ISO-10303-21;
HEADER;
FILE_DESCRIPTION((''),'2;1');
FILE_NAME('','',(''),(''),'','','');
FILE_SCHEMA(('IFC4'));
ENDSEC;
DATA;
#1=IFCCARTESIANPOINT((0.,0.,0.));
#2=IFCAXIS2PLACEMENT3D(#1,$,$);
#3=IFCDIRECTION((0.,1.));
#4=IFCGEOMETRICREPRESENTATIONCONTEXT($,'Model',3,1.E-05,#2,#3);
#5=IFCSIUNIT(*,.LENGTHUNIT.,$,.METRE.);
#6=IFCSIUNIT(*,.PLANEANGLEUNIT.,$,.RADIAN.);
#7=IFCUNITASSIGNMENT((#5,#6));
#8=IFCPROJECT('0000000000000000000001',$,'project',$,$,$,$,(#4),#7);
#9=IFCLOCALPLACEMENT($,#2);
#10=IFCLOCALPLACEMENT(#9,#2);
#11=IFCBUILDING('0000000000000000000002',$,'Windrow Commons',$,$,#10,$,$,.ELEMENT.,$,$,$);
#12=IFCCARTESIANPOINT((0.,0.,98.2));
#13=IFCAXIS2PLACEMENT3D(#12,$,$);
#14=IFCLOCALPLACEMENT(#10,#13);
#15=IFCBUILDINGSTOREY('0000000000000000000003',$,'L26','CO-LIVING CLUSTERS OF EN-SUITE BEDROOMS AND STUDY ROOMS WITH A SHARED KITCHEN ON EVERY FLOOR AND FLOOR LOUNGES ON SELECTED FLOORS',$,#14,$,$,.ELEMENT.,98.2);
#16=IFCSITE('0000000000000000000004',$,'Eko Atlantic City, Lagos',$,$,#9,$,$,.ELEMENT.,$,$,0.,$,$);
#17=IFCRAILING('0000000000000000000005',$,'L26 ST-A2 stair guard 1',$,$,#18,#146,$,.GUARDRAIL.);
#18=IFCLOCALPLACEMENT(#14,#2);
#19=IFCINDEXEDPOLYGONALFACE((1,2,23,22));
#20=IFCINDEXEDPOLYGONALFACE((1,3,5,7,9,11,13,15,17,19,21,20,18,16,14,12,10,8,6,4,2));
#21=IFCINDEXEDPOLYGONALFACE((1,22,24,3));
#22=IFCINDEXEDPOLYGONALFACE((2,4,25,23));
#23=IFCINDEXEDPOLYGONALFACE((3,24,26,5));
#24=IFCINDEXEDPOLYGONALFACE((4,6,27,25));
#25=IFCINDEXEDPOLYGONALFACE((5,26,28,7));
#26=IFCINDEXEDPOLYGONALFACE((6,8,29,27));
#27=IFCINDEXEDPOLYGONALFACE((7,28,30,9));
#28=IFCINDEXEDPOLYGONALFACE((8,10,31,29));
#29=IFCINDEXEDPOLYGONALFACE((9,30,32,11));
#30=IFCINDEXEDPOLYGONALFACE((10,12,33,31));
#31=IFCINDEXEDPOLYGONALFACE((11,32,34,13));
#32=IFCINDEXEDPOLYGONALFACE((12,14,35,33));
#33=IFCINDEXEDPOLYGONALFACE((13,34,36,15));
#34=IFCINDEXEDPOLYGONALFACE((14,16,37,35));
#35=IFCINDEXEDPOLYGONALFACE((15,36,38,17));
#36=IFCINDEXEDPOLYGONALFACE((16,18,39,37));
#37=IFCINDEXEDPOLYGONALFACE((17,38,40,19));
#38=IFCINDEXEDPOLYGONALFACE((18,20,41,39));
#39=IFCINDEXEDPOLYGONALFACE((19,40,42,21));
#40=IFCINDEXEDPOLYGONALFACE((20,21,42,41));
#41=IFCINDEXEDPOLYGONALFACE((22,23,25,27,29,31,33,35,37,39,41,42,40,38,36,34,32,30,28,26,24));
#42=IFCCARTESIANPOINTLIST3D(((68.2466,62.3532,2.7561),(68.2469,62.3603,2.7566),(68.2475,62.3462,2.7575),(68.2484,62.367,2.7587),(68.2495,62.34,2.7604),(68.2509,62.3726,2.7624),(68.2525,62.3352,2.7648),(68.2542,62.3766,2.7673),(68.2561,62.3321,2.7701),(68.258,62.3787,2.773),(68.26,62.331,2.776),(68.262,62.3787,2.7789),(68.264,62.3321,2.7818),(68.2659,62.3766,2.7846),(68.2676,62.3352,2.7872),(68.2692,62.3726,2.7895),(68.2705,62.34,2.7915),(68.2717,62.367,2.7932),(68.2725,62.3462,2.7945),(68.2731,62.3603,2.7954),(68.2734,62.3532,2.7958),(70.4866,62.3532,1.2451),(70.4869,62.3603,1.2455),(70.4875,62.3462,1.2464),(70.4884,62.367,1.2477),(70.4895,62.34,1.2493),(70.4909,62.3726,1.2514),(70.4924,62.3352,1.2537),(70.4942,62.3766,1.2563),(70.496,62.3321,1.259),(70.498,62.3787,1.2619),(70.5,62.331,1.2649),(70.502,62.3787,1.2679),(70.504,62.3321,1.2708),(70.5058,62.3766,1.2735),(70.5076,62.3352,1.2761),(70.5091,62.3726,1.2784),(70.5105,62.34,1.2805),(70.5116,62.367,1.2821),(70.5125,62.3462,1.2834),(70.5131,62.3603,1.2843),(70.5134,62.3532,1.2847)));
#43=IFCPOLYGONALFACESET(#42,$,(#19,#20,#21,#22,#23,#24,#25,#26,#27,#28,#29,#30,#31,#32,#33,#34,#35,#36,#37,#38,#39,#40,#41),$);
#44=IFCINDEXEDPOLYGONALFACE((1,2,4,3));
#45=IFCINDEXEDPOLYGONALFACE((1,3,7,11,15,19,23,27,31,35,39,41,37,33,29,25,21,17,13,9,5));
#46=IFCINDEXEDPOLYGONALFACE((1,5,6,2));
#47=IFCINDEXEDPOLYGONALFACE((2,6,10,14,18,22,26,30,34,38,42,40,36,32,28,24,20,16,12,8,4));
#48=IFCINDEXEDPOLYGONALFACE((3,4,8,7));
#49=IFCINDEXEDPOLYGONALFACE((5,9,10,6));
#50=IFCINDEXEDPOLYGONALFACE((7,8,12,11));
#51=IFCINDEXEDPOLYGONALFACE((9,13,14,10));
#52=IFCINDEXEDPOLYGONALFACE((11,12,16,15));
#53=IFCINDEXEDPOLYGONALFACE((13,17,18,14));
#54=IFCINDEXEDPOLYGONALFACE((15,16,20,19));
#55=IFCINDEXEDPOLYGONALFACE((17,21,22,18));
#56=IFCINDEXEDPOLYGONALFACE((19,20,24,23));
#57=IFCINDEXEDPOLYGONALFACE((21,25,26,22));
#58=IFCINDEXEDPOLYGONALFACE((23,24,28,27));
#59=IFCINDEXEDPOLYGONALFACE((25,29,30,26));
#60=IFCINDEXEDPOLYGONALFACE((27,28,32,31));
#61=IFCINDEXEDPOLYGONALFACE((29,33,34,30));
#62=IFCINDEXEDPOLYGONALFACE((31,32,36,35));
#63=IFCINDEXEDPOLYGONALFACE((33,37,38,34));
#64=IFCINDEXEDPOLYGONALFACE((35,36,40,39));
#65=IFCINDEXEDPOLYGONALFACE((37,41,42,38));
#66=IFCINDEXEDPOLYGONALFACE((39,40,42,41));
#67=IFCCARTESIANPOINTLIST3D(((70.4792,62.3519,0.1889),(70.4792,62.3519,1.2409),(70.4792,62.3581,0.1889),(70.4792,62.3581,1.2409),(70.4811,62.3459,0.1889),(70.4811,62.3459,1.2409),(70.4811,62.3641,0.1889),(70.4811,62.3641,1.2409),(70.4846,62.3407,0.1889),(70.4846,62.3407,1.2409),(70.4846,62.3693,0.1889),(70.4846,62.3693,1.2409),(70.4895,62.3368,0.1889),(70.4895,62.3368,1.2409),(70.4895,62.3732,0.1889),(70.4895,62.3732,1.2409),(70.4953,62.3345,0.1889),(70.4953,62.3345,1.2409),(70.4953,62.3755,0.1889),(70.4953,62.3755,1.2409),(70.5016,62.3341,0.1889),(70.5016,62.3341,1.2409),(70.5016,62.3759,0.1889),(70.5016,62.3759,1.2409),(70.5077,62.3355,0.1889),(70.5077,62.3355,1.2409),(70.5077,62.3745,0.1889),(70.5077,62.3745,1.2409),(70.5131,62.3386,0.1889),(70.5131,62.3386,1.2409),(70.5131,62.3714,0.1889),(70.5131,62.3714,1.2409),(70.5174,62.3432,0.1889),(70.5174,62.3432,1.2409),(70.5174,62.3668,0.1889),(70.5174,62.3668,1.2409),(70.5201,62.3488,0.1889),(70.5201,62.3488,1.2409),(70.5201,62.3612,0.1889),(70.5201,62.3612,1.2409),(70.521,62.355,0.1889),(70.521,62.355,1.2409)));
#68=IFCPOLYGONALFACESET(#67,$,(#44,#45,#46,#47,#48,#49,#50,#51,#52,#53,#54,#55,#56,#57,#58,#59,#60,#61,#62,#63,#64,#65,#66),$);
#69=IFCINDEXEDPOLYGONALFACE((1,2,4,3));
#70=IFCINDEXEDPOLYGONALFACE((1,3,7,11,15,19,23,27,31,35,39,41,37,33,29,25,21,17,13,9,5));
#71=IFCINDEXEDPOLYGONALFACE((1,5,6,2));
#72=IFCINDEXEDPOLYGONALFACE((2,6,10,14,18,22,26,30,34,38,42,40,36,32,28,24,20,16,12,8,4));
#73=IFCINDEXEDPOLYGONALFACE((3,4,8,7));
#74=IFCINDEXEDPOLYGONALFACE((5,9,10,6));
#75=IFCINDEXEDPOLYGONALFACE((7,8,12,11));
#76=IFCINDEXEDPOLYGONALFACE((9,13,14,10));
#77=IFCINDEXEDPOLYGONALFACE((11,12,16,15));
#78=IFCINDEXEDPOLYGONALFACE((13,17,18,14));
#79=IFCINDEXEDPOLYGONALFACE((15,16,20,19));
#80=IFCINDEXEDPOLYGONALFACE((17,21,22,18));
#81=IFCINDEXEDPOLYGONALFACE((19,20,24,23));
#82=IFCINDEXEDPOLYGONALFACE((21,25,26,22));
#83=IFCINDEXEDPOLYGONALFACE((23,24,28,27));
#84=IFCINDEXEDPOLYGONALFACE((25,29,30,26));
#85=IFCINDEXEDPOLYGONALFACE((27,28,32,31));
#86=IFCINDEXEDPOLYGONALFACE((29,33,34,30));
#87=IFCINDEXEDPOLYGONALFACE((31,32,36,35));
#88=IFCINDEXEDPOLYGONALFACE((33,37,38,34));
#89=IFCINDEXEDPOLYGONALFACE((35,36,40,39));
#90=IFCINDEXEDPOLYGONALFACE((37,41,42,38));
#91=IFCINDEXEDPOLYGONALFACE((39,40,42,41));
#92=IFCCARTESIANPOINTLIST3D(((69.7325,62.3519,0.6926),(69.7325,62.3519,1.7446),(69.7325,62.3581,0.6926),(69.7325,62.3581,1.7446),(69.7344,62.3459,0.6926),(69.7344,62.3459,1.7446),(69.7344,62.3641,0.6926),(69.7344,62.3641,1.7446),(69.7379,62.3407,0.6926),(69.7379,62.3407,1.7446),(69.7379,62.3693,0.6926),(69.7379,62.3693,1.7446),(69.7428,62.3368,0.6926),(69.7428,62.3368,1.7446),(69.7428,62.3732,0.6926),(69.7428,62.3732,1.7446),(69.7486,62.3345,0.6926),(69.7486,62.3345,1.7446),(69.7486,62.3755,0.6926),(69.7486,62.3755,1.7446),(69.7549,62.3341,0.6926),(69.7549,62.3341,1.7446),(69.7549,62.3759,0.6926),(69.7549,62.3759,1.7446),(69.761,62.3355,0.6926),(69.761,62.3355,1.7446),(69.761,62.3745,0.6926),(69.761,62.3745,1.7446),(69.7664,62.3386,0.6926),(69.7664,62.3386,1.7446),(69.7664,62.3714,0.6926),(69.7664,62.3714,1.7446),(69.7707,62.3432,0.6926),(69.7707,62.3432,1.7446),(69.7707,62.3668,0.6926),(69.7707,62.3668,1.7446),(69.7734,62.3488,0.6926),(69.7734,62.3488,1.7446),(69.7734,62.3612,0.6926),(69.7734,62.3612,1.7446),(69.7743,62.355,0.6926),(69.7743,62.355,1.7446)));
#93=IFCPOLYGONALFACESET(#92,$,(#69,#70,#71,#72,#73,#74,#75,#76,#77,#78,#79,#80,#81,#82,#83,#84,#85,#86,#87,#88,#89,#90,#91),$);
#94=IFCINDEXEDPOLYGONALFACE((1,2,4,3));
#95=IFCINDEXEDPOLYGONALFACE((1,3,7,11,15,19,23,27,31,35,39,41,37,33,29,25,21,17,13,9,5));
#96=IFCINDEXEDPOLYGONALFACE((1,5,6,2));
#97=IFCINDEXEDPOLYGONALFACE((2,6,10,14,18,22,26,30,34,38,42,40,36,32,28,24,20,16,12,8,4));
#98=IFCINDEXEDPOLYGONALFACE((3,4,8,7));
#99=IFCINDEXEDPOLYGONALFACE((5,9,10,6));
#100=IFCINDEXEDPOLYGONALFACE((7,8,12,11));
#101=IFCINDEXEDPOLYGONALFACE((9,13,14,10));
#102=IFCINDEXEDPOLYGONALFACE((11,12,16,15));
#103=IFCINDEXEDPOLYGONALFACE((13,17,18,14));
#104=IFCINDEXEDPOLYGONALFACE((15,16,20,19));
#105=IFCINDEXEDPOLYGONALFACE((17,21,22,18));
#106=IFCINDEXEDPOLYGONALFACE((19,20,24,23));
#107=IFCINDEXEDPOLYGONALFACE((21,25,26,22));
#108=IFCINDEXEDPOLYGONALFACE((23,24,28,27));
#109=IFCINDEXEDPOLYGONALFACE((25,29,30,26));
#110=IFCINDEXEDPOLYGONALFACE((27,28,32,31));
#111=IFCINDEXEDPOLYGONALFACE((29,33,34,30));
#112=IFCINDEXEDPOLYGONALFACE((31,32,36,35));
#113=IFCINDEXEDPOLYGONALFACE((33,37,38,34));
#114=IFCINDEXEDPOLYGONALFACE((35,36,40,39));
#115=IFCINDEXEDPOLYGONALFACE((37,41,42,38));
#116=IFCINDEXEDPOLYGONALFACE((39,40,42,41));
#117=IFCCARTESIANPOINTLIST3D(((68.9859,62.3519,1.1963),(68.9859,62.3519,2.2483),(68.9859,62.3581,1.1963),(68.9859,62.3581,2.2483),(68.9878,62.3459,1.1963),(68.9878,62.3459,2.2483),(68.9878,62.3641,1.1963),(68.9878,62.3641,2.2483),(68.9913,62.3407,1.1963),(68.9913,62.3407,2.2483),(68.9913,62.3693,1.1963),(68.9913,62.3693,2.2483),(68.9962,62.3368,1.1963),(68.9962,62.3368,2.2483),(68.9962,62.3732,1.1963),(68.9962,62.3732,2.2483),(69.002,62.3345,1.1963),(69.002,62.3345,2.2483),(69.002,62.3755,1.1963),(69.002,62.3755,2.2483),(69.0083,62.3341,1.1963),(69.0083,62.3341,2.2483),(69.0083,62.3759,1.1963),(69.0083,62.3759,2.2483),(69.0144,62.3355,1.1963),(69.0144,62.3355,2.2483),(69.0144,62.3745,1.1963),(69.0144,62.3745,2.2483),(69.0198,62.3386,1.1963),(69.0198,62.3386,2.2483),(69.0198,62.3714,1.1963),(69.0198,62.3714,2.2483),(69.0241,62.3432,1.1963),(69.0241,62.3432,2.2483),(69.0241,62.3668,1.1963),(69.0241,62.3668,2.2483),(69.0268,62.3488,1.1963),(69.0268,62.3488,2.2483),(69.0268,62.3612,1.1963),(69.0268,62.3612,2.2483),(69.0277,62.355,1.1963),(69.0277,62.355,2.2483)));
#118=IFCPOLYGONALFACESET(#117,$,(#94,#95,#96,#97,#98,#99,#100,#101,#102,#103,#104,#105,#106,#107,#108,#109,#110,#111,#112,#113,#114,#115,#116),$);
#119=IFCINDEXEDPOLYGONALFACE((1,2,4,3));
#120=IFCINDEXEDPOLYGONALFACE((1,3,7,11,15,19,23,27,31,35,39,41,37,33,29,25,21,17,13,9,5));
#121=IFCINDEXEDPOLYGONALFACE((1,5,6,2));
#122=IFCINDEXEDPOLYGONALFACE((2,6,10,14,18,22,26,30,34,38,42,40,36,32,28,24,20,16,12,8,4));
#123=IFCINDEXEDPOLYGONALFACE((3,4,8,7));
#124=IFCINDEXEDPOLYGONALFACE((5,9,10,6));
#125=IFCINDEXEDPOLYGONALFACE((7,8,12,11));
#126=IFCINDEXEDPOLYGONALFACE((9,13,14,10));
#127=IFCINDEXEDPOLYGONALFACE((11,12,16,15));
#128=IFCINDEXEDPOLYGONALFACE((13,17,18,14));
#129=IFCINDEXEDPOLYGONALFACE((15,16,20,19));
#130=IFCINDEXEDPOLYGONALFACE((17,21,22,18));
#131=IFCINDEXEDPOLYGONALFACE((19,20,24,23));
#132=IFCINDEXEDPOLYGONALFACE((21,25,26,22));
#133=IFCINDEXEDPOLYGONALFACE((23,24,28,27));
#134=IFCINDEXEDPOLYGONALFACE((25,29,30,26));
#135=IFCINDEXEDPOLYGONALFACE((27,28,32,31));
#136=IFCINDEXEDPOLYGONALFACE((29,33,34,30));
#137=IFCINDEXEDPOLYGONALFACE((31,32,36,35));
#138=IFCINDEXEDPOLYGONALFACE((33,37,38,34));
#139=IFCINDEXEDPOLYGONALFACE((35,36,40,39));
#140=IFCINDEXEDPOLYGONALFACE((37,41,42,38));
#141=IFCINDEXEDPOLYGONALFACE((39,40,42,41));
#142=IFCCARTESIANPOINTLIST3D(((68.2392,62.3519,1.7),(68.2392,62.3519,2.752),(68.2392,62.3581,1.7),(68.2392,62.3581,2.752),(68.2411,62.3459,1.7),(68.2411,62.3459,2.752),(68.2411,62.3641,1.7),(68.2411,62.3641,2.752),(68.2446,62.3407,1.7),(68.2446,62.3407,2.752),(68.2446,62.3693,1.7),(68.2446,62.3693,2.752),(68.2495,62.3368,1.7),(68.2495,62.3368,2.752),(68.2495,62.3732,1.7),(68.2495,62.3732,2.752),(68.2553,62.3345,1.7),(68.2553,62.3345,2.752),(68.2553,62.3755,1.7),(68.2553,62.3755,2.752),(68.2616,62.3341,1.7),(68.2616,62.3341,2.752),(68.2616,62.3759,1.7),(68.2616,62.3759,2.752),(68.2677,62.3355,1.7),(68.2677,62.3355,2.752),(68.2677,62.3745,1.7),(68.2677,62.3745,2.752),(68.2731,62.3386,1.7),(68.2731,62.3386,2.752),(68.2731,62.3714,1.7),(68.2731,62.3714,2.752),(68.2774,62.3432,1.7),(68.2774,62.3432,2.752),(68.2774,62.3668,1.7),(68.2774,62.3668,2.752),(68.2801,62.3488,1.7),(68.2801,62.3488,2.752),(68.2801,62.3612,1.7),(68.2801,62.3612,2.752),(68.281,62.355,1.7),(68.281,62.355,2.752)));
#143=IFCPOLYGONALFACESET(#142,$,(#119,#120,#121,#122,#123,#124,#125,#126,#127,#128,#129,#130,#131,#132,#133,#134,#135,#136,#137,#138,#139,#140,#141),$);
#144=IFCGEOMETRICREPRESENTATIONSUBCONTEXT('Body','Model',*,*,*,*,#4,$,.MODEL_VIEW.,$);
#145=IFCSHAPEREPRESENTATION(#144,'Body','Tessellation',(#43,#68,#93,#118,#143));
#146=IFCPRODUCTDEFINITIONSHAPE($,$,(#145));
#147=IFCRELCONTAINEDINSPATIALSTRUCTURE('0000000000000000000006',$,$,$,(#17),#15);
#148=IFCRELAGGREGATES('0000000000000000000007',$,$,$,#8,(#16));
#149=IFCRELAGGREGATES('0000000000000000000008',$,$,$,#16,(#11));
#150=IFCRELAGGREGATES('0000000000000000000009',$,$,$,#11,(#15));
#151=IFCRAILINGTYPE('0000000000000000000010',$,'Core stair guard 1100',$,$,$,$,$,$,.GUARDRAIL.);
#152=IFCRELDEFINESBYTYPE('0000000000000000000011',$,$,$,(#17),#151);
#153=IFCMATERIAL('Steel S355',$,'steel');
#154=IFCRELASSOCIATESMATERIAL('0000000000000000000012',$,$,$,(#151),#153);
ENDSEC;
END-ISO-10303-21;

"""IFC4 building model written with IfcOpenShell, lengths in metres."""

from ifc_helpers import new_model, si_unit, direction, frame, origin, origin_2d, place, context, subcontext, project, spatial, circle, extrude, material, type_object, element, save


model = new_model("IFC4")

# Units and contexts
model_context = context("Model", 3, precision=1e-05, world=origin(), true_north=direction((0.0, 1.0)))
body_context = subcontext(model_context, "Body", "Model", "MODEL_VIEW")
ifc_project = project(units=[si_unit("LENGTHUNIT", "METRE"), si_unit("PLANEANGLEUNIT", "RADIAN")], contexts=[model_context])

# Site, building, storey
site_placement = place(None, origin())
site = spatial("IfcSite", under=ifc_project, at=site_placement, Name="Eko Atlantic City, Lagos", CompositionType="ELEMENT", RefElevation=0.0)
building_placement = place(site_placement, origin())
building = spatial("IfcBuilding", under=site, at=building_placement, Name="Windrow Commons", CompositionType="ELEMENT")
storey_placement = place(building_placement, frame((0.0, 0.0, 98.2)))
storey = spatial("IfcBuildingStorey", under=building, at=storey_placement, Name="L26", Description="CO-LIVING CLUSTERS OF EN-SUITE BEDROOMS AND STUDY ROOMS WITH A SHARED KITCHEN ON EVERY FLOOR AND FLOOR LOUNGES ON SELECTED FLOORS", CompositionType="ELEMENT", Elevation=98.2)

# Railing
ifc_material_1 = material(Name="Steel S355", Category="steel")
railing_type_1 = type_object("IfcRailingType", Name="Core stair guard 1100", PredefinedType="GUARDRAIL", material=ifc_material_1)
railing_1_placement = place(storey_placement, frame((70.5, 62.355, 0.1889)))
element("IfcRailing", 1, at=railing_1_placement, inside=storey, type_object=railing_type_1, Name="L26 ST-A2 stair guard 1", PredefinedType="GUARDRAIL", context=body_context, shape_type="SweptSolid", body=[
    extrude(circle(Radius=0.024, at=origin_2d()), frame((0.0, 0.0, 1.076), z_axis=(-0.829003, 0.0, 0.559244), x_axis=(0.0, -1.0, 0.0)), (0.0, 0.0, 1.0), 2.702),
    extrude(circle(Radius=0.021, at=origin_2d()), origin(), (0.0, 0.0, 1.0), 1.052),
    extrude(circle(Radius=0.021, at=origin_2d()), frame((-0.7467, 0.0, 0.5037)), (0.0, 0.0, 1.0), 1.052),
    extrude(circle(Radius=0.021, at=origin_2d()), frame((-1.4933, 0.0, 1.0074)), (0.0, 0.0, 1.0), 1.052),
    extrude(circle(Radius=0.021, at=origin_2d()), frame((-2.24, 0.0, 1.5111)), (0.0, 0.0, 1.0), 1.052),
])

save(model, "model.ifc")
